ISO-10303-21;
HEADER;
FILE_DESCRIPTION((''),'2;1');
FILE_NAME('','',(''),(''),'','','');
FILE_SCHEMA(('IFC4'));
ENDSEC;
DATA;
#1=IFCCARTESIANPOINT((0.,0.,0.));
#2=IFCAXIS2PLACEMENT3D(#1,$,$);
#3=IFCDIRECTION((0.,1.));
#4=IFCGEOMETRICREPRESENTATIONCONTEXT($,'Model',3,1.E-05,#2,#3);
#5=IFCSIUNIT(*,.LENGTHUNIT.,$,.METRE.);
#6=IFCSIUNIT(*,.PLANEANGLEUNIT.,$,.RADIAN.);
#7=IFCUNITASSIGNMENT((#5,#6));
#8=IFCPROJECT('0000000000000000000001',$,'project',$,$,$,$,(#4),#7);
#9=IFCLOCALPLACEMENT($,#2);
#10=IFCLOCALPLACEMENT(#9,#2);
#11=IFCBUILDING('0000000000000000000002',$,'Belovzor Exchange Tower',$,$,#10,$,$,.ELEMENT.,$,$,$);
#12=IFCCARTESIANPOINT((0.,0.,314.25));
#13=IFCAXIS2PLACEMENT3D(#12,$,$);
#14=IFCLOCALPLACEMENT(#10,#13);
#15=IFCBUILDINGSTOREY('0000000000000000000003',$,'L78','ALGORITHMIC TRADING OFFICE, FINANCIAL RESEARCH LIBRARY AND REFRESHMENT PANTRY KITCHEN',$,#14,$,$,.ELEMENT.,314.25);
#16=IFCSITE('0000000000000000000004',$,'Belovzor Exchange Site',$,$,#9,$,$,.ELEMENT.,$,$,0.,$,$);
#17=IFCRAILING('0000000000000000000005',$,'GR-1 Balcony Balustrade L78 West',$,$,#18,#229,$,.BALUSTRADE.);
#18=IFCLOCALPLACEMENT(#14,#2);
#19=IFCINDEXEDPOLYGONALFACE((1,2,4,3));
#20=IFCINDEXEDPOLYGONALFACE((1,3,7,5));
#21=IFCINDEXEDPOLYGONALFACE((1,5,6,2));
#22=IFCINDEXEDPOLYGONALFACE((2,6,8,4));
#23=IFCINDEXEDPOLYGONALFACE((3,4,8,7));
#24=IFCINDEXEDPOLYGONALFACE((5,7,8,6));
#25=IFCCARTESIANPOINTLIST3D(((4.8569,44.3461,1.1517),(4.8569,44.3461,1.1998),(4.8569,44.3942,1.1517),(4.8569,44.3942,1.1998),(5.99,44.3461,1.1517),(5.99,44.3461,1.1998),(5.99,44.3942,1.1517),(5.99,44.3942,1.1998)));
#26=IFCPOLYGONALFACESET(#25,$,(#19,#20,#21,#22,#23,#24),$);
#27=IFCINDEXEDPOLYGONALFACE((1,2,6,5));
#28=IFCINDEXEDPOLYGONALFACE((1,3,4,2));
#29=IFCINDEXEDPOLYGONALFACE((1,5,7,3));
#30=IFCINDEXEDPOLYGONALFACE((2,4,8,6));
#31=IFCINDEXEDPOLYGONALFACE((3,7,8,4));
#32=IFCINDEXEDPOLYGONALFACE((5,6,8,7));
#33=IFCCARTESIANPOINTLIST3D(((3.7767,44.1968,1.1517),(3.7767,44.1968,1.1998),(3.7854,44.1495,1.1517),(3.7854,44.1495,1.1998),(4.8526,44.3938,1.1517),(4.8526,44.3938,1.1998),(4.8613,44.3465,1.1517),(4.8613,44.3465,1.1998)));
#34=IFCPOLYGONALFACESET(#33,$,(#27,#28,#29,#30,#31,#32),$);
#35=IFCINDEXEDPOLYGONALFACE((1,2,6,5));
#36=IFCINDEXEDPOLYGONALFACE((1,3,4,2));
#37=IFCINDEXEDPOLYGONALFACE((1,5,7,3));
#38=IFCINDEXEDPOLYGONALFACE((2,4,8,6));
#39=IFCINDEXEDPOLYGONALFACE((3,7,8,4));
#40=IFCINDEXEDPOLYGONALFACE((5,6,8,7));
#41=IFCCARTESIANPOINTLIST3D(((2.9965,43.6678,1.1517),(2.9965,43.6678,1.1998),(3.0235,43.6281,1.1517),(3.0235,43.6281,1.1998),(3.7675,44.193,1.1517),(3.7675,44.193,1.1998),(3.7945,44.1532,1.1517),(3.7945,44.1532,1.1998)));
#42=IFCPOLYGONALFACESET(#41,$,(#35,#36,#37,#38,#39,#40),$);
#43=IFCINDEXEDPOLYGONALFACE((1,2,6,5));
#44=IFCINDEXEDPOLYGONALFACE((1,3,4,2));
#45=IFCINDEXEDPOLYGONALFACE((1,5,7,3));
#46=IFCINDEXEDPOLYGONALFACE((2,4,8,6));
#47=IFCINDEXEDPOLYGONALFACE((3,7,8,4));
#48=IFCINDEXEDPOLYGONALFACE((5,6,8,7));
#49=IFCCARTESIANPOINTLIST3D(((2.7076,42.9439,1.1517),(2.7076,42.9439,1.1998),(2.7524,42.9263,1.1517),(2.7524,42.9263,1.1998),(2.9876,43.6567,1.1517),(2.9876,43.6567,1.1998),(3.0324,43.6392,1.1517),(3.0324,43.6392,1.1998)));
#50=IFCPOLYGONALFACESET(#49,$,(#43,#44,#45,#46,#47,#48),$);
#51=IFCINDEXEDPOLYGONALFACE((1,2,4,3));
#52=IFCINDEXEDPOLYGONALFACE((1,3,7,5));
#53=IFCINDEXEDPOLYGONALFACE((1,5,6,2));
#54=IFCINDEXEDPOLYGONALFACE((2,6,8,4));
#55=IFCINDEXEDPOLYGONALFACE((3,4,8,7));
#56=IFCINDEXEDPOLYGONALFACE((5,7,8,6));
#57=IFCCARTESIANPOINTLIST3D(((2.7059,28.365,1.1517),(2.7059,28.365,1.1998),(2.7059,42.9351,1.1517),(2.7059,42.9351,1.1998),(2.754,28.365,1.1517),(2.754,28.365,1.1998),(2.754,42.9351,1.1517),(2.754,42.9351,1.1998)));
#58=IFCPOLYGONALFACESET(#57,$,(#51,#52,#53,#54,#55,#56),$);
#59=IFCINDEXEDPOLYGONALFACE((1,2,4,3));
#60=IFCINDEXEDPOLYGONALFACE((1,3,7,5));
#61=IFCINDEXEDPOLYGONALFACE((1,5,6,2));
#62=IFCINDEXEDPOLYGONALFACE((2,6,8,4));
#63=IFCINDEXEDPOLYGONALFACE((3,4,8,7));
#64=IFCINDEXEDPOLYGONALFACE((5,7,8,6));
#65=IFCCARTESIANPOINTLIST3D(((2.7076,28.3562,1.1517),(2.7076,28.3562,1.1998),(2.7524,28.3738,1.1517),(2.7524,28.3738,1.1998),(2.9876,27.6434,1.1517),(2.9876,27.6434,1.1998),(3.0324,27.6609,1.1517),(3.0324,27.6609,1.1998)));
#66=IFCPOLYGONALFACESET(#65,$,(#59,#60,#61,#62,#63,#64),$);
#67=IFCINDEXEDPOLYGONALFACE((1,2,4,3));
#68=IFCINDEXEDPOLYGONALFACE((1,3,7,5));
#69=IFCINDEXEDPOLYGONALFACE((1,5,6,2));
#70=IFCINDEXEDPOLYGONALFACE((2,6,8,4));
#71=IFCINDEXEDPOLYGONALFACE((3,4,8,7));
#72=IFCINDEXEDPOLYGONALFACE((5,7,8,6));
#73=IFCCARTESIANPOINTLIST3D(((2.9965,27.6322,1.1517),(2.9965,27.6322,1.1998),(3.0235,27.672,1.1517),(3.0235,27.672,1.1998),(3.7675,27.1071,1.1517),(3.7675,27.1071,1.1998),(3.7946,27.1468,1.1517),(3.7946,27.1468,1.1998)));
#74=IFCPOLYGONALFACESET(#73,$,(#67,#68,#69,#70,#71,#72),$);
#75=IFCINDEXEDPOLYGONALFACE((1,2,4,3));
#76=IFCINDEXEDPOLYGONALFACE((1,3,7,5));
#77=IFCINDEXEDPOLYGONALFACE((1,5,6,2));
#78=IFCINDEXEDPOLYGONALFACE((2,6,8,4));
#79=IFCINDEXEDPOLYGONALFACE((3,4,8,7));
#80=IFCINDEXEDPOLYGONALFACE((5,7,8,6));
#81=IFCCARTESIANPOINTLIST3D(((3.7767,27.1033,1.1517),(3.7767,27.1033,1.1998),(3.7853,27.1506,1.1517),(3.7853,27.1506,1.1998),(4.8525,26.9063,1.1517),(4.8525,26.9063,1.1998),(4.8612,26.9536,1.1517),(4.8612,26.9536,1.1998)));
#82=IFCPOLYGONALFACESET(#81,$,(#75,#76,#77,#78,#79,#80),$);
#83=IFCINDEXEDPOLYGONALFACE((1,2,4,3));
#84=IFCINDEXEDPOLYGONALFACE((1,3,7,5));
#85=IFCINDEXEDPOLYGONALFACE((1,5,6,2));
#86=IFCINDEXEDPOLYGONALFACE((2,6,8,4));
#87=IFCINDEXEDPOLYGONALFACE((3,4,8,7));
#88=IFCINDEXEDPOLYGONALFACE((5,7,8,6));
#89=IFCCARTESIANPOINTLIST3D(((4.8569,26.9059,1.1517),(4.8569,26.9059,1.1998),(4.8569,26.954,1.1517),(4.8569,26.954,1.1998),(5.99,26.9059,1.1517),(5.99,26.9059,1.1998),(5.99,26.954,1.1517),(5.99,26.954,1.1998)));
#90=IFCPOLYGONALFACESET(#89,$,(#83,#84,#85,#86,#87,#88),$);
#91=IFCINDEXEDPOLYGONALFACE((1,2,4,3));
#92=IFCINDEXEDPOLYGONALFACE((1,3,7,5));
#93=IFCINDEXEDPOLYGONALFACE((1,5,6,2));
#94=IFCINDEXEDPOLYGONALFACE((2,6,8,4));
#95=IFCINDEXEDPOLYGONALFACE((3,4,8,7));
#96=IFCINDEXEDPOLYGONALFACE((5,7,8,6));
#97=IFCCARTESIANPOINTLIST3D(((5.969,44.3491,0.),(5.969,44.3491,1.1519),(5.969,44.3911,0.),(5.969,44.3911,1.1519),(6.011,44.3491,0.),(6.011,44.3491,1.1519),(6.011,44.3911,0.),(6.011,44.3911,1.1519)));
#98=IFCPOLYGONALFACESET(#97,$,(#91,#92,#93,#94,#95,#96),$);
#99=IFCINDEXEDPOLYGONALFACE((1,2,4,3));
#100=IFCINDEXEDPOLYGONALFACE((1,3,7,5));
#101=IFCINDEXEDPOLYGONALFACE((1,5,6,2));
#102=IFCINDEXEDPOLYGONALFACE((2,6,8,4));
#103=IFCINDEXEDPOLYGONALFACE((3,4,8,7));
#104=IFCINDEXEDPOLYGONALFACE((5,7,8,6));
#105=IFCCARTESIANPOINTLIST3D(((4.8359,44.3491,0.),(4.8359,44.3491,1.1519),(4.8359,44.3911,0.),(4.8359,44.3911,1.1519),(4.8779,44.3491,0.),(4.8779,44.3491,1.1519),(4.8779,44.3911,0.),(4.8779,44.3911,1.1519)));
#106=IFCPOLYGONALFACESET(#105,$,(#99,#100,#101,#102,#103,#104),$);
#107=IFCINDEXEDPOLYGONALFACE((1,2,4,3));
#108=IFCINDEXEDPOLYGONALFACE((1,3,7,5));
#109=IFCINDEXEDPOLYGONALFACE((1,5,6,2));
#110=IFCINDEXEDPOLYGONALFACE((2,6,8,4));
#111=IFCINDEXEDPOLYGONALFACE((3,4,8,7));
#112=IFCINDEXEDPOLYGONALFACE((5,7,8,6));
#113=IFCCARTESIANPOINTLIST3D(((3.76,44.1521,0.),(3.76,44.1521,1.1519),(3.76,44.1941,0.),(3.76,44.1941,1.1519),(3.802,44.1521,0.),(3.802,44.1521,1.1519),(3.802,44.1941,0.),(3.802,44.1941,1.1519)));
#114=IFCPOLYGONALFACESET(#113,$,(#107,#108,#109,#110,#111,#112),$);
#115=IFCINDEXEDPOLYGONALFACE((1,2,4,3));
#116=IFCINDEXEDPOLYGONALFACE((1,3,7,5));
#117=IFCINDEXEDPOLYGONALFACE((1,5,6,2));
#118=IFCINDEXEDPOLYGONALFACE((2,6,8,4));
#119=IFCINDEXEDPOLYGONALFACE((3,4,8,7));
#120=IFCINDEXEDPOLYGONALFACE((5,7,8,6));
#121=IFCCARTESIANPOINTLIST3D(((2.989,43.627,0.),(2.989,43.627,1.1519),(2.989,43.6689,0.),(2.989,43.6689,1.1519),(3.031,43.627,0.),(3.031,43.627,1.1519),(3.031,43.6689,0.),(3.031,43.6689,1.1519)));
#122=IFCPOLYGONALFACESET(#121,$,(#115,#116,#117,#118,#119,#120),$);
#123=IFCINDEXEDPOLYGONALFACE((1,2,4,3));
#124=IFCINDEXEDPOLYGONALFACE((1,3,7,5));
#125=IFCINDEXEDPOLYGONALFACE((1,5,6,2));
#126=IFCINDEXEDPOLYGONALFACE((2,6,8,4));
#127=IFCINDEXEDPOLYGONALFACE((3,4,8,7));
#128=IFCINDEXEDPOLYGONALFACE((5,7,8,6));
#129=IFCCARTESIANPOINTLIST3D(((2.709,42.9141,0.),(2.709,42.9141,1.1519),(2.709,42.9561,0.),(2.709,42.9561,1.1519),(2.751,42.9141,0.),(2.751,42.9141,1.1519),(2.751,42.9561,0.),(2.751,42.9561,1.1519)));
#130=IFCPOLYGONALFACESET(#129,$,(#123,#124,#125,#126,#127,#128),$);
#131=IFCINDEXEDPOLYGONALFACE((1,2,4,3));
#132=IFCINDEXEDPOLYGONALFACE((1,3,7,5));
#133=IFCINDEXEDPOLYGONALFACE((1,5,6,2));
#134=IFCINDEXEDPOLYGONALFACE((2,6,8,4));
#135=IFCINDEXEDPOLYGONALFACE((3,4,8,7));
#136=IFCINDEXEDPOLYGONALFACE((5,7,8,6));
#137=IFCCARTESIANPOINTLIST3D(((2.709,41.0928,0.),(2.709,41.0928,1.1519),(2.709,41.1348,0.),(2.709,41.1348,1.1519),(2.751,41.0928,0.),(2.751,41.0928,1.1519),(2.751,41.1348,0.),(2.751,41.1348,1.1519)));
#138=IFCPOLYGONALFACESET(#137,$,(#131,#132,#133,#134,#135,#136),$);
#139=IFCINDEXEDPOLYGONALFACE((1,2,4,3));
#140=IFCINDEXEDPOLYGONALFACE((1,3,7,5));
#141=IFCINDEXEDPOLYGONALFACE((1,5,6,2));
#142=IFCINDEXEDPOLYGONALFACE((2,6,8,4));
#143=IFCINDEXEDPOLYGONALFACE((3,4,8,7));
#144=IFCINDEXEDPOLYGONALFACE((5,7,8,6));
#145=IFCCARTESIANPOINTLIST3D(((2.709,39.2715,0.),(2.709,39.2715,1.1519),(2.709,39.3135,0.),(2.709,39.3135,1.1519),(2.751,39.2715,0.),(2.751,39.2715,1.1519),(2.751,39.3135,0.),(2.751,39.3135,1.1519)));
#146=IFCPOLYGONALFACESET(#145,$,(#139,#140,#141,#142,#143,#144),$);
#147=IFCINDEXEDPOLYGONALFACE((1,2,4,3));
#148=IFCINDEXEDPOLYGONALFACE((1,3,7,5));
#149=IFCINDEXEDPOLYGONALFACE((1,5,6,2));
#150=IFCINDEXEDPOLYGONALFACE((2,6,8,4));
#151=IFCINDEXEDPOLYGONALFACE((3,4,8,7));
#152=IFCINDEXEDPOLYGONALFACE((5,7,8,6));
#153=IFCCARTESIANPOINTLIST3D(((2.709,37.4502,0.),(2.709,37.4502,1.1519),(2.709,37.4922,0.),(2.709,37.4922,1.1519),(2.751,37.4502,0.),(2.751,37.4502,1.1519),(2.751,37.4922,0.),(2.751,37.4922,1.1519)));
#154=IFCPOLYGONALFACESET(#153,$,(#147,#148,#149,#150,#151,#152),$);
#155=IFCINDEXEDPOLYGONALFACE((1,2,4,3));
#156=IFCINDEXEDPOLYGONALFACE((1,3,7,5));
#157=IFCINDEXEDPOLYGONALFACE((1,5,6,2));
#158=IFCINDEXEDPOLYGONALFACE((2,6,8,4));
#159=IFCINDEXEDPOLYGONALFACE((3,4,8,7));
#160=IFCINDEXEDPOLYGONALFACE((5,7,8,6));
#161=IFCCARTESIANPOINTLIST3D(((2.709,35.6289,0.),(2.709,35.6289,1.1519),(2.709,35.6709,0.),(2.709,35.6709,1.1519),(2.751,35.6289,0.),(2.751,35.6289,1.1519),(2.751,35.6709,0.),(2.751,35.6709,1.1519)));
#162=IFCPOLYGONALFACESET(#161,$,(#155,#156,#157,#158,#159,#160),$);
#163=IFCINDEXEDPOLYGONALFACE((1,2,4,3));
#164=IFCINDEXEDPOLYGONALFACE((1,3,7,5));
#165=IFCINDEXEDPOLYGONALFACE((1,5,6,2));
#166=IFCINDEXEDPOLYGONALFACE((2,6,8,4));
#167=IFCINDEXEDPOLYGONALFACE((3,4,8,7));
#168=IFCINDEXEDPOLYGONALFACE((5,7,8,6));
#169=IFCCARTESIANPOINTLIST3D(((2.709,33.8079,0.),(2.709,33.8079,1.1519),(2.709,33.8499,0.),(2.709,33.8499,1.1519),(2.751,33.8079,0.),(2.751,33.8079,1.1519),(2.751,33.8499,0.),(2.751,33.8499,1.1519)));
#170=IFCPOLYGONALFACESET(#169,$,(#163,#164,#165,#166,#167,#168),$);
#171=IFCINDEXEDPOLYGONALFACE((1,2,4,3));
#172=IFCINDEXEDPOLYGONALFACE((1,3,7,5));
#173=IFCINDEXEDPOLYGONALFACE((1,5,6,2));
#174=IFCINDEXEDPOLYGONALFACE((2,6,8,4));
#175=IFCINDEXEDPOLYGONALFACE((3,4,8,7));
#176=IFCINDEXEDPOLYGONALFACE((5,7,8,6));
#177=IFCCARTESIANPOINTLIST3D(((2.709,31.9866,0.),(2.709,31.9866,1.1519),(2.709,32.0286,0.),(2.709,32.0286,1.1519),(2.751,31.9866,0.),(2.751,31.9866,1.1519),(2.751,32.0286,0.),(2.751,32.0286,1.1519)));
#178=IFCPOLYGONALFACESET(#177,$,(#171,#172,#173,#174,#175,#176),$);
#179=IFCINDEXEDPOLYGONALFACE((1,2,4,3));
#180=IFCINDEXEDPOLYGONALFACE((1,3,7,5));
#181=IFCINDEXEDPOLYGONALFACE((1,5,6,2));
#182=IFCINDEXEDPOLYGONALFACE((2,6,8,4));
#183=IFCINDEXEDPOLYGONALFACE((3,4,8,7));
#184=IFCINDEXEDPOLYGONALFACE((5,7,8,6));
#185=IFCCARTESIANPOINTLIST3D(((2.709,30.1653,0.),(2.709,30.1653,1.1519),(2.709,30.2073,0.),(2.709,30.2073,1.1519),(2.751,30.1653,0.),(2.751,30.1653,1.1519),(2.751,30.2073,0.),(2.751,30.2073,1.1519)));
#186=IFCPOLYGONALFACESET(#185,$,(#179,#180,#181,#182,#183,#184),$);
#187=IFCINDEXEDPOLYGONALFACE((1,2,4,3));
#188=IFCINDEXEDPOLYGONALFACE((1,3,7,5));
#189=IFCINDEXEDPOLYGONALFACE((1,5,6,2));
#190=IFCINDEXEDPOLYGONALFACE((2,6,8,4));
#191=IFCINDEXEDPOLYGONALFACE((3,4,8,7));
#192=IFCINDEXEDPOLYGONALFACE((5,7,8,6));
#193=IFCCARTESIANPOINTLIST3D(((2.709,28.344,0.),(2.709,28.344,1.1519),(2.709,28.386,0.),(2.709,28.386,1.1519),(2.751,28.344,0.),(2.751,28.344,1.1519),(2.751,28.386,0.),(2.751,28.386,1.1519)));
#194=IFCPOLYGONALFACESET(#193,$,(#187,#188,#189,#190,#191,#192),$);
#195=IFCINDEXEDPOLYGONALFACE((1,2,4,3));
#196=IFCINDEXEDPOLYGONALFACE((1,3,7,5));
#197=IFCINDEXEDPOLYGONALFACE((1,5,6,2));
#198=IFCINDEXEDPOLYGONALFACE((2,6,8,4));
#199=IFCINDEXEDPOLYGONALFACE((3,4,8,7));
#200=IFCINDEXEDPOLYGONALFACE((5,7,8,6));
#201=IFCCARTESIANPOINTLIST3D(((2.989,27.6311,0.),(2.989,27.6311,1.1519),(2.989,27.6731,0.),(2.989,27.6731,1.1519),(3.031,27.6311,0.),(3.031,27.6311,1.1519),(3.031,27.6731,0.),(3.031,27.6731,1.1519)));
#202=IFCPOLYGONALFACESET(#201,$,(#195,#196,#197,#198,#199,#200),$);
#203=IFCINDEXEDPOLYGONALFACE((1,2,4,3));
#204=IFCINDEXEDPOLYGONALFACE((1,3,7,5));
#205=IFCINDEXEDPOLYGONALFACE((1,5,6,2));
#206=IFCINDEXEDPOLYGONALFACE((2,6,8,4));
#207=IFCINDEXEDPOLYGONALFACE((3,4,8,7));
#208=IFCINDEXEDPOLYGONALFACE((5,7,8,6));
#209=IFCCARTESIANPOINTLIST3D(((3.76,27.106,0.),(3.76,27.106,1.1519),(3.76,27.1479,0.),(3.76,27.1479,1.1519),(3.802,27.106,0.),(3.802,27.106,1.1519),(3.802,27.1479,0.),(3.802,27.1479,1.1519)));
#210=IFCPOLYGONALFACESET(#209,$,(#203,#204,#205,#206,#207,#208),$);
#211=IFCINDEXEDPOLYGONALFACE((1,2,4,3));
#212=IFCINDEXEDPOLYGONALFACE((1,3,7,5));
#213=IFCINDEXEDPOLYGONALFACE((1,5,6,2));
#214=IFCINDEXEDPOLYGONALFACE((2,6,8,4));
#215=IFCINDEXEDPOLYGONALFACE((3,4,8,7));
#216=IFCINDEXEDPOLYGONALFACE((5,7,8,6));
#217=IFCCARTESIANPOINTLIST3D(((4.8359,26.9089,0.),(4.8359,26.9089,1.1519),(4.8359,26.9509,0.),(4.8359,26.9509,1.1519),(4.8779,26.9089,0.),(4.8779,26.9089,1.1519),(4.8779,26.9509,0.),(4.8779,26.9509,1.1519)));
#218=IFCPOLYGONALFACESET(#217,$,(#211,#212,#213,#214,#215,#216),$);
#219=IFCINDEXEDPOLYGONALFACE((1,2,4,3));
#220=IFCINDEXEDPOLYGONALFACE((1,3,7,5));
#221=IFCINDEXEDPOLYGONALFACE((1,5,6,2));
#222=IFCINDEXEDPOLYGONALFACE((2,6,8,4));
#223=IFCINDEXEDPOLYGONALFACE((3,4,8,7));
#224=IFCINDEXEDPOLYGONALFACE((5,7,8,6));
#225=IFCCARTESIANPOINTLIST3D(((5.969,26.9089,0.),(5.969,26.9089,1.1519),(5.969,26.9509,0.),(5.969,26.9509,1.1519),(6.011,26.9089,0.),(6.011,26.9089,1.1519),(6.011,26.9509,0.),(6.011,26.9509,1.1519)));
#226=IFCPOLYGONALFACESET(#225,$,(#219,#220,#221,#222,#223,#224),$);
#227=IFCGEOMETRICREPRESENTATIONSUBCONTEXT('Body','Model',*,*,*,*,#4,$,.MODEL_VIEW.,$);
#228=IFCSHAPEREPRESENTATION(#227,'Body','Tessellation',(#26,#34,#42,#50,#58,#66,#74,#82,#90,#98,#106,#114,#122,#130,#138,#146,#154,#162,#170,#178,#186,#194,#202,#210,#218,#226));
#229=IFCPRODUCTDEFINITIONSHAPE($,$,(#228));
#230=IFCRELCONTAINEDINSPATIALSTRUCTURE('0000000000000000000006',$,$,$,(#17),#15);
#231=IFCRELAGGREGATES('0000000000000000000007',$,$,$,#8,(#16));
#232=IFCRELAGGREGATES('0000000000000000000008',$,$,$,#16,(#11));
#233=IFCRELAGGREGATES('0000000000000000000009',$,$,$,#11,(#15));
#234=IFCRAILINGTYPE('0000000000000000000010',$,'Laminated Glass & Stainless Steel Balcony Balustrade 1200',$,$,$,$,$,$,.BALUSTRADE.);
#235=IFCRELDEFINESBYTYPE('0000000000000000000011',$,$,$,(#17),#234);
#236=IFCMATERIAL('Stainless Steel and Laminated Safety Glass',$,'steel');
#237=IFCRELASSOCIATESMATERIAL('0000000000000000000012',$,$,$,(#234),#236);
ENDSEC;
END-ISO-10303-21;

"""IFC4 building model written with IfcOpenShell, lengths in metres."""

from ifc_helpers import new_model, si_unit, direction, frame, origin, origin_2d, place, context, subcontext, project, spatial, rectangle, extrude, material, type_object, element, save


model = new_model("IFC4")

# Units and contexts
model_context = context("Model", 3, precision=1e-05, world=origin(), true_north=direction((0.0, 1.0)))
body_context = subcontext(model_context, "Body", "Model", "MODEL_VIEW")
ifc_project = project(units=[si_unit("LENGTHUNIT", "METRE"), si_unit("PLANEANGLEUNIT", "RADIAN")], contexts=[model_context])

# Site, building, storey
site_placement = place(None, origin())
site = spatial("IfcSite", under=ifc_project, at=site_placement, Name="Belovzor Exchange Site", CompositionType="ELEMENT", RefElevation=0.0)
building_placement = place(site_placement, origin())
building = spatial("IfcBuilding", under=site, at=building_placement, Name="Belovzor Exchange Tower", CompositionType="ELEMENT")
storey_placement = place(building_placement, frame((0.0, 0.0, 314.25)))
storey = spatial("IfcBuildingStorey", under=building, at=storey_placement, Name="L78", Description="ALGORITHMIC TRADING OFFICE, FINANCIAL RESEARCH LIBRARY AND REFRESHMENT PANTRY KITCHEN", CompositionType="ELEMENT", Elevation=314.25)

# Railing
ifc_material_1 = material(Name="Stainless Steel and Laminated Safety Glass", Category="steel")
railing_type = type_object("IfcRailingType", Name="Laminated Glass & Stainless Steel Balcony Balustrade 1200", PredefinedType="BALUSTRADE", material=ifc_material_1)
railing_placement = place(storey_placement, frame((5.99, 44.3701, 0.0)))
element("IfcRailing", 1, at=railing_placement, inside=storey, type_object=railing_type, Name="GR-1 Balcony Balustrade L78 West", PredefinedType="BALUSTRADE", context=body_context, shape_type="SweptSolid", body=[
    extrude(rectangle(XDim=0.0481, YDim=0.0481, at=origin_2d()), frame((0.0, 0.0, 1.1758), z_axis=(-1.0, 0.0, 0.0), x_axis=(0.0, -1.0, 0.0)), (0.0, 0.0, 1.0), 1.1331),
    extrude(rectangle(XDim=0.0481, YDim=0.0481, at=origin_2d()), frame((-1.1331, 0.0, 1.1758), z_axis=(-0.983644, -0.180123, 0.0), x_axis=(0.180123, -0.983644, 0.0)), (0.0, 0.0, 1.0), 1.0938),
    extrude(rectangle(XDim=0.0481, YDim=0.0481, at=origin_2d()), frame((-2.209, -0.197, 1.1758), z_axis=(-0.826493, -0.562947, 0.0), x_axis=(0.562947, -0.826493, 0.0)), (0.0, 0.0, 1.0), 0.9329),
    extrude(rectangle(XDim=0.0481, YDim=0.0481, at=origin_2d()), frame((-2.98, -0.7222, 1.1758), z_axis=(-0.365613, -0.930767, 0.0), x_axis=(0.930767, -0.365613, 0.0)), (0.0, 0.0, 1.0), 0.7659),
    extrude(rectangle(XDim=0.0481, YDim=0.0481, at=origin_2d()), frame((-3.26, -1.4351, 1.1758), z_axis=(0.0, -1.0, 0.0), x_axis=(1.0, 0.0, 0.0)), (0.0, 0.0, 1.0), 14.5701),
    extrude(rectangle(XDim=0.0481, YDim=0.0481, at=origin_2d()), frame((-3.26, -16.0051, 1.1758), z_axis=(0.365613, -0.930767, 0.0), x_axis=(0.930767, 0.365613, 0.0)), (0.0, 0.0, 1.0), 0.7659),
    extrude(rectangle(XDim=0.0481, YDim=0.0481, at=origin_2d()), frame((-2.98, -16.718, 1.1758), z_axis=(0.826493, -0.562947, 0.0), x_axis=(0.562947, 0.826493, 0.0)), (0.0, 0.0, 1.0), 0.9329),
    extrude(rectangle(XDim=0.0481, YDim=0.0481, at=origin_2d()), frame((-2.209, -17.2432, 1.1758), z_axis=(0.983644, -0.180123, 0.0), x_axis=(0.180123, 0.983644, 0.0)), (0.0, 0.0, 1.0), 1.0938),
    extrude(rectangle(XDim=0.0481, YDim=0.0481, at=origin_2d()), frame((-1.1331, -17.4402, 1.1758), z_axis=(1.0, 0.0, 0.0), x_axis=(0.0, 1.0, 0.0)), (0.0, 0.0, 1.0), 1.1331),
    extrude(rectangle(XDim=0.042, YDim=0.042, at=origin_2d()), origin(), (0.0, 0.0, 1.0), 1.1519),
    extrude(rectangle(XDim=0.042, YDim=0.042, at=origin_2d()), frame((-1.1331, 0.0, 0.0)), (0.0, 0.0, 1.0), 1.1519),
    extrude(rectangle(XDim=0.042, YDim=0.042, at=origin_2d()), frame((-2.209, -0.197, 0.0)), (0.0, 0.0, 1.0), 1.1519),
    extrude(rectangle(XDim=0.042, YDim=0.042, at=origin_2d()), frame((-2.98, -0.7222, 0.0)), (0.0, 0.0, 1.0), 1.1519),
    extrude(rectangle(XDim=0.042, YDim=0.042, at=origin_2d()), frame((-3.26, -1.4351, 0.0)), (0.0, 0.0, 1.0), 1.1519),
    extrude(rectangle(XDim=0.042, YDim=0.042, at=origin_2d()), frame((-3.26, -3.2563, 0.0)), (0.0, 0.0, 1.0), 1.1519),
    extrude(rectangle(XDim=0.042, YDim=0.042, at=origin_2d()), frame((-3.26, -5.0776, 0.0)), (0.0, 0.0, 1.0), 1.1519),
    extrude(rectangle(XDim=0.042, YDim=0.042, at=origin_2d()), frame((-3.26, -6.8989, 0.0)), (0.0, 0.0, 1.0), 1.1519),
    extrude(rectangle(XDim=0.042, YDim=0.042, at=origin_2d()), frame((-3.26, -8.7202, 0.0)), (0.0, 0.0, 1.0), 1.1519),
    extrude(rectangle(XDim=0.042, YDim=0.042, at=origin_2d()), frame((-3.26, -10.5413, 0.0)), (0.0, 0.0, 1.0), 1.1519),
    extrude(rectangle(XDim=0.042, YDim=0.042, at=origin_2d()), frame((-3.26, -12.3625, 0.0)), (0.0, 0.0, 1.0), 1.1519),
    extrude(rectangle(XDim=0.042, YDim=0.042, at=origin_2d()), frame((-3.26, -14.1838, 0.0)), (0.0, 0.0, 1.0), 1.1519),
    extrude(rectangle(XDim=0.042, YDim=0.042, at=origin_2d()), frame((-3.26, -16.0051, 0.0)), (0.0, 0.0, 1.0), 1.1519),
    extrude(rectangle(XDim=0.042, YDim=0.042, at=origin_2d()), frame((-2.98, -16.718, 0.0)), (0.0, 0.0, 1.0), 1.1519),
    extrude(rectangle(XDim=0.042, YDim=0.042, at=origin_2d()), frame((-2.209, -17.2432, 0.0)), (0.0, 0.0, 1.0), 1.1519),
    extrude(rectangle(XDim=0.042, YDim=0.042, at=origin_2d()), frame((-1.1331, -17.4402, 0.0)), (0.0, 0.0, 1.0), 1.1519),
    extrude(rectangle(XDim=0.042, YDim=0.042, at=origin_2d()), frame((0.0, -17.4402, 0.0)), (0.0, 0.0, 1.0), 1.1519),
])

save(model, "model.ifc")
